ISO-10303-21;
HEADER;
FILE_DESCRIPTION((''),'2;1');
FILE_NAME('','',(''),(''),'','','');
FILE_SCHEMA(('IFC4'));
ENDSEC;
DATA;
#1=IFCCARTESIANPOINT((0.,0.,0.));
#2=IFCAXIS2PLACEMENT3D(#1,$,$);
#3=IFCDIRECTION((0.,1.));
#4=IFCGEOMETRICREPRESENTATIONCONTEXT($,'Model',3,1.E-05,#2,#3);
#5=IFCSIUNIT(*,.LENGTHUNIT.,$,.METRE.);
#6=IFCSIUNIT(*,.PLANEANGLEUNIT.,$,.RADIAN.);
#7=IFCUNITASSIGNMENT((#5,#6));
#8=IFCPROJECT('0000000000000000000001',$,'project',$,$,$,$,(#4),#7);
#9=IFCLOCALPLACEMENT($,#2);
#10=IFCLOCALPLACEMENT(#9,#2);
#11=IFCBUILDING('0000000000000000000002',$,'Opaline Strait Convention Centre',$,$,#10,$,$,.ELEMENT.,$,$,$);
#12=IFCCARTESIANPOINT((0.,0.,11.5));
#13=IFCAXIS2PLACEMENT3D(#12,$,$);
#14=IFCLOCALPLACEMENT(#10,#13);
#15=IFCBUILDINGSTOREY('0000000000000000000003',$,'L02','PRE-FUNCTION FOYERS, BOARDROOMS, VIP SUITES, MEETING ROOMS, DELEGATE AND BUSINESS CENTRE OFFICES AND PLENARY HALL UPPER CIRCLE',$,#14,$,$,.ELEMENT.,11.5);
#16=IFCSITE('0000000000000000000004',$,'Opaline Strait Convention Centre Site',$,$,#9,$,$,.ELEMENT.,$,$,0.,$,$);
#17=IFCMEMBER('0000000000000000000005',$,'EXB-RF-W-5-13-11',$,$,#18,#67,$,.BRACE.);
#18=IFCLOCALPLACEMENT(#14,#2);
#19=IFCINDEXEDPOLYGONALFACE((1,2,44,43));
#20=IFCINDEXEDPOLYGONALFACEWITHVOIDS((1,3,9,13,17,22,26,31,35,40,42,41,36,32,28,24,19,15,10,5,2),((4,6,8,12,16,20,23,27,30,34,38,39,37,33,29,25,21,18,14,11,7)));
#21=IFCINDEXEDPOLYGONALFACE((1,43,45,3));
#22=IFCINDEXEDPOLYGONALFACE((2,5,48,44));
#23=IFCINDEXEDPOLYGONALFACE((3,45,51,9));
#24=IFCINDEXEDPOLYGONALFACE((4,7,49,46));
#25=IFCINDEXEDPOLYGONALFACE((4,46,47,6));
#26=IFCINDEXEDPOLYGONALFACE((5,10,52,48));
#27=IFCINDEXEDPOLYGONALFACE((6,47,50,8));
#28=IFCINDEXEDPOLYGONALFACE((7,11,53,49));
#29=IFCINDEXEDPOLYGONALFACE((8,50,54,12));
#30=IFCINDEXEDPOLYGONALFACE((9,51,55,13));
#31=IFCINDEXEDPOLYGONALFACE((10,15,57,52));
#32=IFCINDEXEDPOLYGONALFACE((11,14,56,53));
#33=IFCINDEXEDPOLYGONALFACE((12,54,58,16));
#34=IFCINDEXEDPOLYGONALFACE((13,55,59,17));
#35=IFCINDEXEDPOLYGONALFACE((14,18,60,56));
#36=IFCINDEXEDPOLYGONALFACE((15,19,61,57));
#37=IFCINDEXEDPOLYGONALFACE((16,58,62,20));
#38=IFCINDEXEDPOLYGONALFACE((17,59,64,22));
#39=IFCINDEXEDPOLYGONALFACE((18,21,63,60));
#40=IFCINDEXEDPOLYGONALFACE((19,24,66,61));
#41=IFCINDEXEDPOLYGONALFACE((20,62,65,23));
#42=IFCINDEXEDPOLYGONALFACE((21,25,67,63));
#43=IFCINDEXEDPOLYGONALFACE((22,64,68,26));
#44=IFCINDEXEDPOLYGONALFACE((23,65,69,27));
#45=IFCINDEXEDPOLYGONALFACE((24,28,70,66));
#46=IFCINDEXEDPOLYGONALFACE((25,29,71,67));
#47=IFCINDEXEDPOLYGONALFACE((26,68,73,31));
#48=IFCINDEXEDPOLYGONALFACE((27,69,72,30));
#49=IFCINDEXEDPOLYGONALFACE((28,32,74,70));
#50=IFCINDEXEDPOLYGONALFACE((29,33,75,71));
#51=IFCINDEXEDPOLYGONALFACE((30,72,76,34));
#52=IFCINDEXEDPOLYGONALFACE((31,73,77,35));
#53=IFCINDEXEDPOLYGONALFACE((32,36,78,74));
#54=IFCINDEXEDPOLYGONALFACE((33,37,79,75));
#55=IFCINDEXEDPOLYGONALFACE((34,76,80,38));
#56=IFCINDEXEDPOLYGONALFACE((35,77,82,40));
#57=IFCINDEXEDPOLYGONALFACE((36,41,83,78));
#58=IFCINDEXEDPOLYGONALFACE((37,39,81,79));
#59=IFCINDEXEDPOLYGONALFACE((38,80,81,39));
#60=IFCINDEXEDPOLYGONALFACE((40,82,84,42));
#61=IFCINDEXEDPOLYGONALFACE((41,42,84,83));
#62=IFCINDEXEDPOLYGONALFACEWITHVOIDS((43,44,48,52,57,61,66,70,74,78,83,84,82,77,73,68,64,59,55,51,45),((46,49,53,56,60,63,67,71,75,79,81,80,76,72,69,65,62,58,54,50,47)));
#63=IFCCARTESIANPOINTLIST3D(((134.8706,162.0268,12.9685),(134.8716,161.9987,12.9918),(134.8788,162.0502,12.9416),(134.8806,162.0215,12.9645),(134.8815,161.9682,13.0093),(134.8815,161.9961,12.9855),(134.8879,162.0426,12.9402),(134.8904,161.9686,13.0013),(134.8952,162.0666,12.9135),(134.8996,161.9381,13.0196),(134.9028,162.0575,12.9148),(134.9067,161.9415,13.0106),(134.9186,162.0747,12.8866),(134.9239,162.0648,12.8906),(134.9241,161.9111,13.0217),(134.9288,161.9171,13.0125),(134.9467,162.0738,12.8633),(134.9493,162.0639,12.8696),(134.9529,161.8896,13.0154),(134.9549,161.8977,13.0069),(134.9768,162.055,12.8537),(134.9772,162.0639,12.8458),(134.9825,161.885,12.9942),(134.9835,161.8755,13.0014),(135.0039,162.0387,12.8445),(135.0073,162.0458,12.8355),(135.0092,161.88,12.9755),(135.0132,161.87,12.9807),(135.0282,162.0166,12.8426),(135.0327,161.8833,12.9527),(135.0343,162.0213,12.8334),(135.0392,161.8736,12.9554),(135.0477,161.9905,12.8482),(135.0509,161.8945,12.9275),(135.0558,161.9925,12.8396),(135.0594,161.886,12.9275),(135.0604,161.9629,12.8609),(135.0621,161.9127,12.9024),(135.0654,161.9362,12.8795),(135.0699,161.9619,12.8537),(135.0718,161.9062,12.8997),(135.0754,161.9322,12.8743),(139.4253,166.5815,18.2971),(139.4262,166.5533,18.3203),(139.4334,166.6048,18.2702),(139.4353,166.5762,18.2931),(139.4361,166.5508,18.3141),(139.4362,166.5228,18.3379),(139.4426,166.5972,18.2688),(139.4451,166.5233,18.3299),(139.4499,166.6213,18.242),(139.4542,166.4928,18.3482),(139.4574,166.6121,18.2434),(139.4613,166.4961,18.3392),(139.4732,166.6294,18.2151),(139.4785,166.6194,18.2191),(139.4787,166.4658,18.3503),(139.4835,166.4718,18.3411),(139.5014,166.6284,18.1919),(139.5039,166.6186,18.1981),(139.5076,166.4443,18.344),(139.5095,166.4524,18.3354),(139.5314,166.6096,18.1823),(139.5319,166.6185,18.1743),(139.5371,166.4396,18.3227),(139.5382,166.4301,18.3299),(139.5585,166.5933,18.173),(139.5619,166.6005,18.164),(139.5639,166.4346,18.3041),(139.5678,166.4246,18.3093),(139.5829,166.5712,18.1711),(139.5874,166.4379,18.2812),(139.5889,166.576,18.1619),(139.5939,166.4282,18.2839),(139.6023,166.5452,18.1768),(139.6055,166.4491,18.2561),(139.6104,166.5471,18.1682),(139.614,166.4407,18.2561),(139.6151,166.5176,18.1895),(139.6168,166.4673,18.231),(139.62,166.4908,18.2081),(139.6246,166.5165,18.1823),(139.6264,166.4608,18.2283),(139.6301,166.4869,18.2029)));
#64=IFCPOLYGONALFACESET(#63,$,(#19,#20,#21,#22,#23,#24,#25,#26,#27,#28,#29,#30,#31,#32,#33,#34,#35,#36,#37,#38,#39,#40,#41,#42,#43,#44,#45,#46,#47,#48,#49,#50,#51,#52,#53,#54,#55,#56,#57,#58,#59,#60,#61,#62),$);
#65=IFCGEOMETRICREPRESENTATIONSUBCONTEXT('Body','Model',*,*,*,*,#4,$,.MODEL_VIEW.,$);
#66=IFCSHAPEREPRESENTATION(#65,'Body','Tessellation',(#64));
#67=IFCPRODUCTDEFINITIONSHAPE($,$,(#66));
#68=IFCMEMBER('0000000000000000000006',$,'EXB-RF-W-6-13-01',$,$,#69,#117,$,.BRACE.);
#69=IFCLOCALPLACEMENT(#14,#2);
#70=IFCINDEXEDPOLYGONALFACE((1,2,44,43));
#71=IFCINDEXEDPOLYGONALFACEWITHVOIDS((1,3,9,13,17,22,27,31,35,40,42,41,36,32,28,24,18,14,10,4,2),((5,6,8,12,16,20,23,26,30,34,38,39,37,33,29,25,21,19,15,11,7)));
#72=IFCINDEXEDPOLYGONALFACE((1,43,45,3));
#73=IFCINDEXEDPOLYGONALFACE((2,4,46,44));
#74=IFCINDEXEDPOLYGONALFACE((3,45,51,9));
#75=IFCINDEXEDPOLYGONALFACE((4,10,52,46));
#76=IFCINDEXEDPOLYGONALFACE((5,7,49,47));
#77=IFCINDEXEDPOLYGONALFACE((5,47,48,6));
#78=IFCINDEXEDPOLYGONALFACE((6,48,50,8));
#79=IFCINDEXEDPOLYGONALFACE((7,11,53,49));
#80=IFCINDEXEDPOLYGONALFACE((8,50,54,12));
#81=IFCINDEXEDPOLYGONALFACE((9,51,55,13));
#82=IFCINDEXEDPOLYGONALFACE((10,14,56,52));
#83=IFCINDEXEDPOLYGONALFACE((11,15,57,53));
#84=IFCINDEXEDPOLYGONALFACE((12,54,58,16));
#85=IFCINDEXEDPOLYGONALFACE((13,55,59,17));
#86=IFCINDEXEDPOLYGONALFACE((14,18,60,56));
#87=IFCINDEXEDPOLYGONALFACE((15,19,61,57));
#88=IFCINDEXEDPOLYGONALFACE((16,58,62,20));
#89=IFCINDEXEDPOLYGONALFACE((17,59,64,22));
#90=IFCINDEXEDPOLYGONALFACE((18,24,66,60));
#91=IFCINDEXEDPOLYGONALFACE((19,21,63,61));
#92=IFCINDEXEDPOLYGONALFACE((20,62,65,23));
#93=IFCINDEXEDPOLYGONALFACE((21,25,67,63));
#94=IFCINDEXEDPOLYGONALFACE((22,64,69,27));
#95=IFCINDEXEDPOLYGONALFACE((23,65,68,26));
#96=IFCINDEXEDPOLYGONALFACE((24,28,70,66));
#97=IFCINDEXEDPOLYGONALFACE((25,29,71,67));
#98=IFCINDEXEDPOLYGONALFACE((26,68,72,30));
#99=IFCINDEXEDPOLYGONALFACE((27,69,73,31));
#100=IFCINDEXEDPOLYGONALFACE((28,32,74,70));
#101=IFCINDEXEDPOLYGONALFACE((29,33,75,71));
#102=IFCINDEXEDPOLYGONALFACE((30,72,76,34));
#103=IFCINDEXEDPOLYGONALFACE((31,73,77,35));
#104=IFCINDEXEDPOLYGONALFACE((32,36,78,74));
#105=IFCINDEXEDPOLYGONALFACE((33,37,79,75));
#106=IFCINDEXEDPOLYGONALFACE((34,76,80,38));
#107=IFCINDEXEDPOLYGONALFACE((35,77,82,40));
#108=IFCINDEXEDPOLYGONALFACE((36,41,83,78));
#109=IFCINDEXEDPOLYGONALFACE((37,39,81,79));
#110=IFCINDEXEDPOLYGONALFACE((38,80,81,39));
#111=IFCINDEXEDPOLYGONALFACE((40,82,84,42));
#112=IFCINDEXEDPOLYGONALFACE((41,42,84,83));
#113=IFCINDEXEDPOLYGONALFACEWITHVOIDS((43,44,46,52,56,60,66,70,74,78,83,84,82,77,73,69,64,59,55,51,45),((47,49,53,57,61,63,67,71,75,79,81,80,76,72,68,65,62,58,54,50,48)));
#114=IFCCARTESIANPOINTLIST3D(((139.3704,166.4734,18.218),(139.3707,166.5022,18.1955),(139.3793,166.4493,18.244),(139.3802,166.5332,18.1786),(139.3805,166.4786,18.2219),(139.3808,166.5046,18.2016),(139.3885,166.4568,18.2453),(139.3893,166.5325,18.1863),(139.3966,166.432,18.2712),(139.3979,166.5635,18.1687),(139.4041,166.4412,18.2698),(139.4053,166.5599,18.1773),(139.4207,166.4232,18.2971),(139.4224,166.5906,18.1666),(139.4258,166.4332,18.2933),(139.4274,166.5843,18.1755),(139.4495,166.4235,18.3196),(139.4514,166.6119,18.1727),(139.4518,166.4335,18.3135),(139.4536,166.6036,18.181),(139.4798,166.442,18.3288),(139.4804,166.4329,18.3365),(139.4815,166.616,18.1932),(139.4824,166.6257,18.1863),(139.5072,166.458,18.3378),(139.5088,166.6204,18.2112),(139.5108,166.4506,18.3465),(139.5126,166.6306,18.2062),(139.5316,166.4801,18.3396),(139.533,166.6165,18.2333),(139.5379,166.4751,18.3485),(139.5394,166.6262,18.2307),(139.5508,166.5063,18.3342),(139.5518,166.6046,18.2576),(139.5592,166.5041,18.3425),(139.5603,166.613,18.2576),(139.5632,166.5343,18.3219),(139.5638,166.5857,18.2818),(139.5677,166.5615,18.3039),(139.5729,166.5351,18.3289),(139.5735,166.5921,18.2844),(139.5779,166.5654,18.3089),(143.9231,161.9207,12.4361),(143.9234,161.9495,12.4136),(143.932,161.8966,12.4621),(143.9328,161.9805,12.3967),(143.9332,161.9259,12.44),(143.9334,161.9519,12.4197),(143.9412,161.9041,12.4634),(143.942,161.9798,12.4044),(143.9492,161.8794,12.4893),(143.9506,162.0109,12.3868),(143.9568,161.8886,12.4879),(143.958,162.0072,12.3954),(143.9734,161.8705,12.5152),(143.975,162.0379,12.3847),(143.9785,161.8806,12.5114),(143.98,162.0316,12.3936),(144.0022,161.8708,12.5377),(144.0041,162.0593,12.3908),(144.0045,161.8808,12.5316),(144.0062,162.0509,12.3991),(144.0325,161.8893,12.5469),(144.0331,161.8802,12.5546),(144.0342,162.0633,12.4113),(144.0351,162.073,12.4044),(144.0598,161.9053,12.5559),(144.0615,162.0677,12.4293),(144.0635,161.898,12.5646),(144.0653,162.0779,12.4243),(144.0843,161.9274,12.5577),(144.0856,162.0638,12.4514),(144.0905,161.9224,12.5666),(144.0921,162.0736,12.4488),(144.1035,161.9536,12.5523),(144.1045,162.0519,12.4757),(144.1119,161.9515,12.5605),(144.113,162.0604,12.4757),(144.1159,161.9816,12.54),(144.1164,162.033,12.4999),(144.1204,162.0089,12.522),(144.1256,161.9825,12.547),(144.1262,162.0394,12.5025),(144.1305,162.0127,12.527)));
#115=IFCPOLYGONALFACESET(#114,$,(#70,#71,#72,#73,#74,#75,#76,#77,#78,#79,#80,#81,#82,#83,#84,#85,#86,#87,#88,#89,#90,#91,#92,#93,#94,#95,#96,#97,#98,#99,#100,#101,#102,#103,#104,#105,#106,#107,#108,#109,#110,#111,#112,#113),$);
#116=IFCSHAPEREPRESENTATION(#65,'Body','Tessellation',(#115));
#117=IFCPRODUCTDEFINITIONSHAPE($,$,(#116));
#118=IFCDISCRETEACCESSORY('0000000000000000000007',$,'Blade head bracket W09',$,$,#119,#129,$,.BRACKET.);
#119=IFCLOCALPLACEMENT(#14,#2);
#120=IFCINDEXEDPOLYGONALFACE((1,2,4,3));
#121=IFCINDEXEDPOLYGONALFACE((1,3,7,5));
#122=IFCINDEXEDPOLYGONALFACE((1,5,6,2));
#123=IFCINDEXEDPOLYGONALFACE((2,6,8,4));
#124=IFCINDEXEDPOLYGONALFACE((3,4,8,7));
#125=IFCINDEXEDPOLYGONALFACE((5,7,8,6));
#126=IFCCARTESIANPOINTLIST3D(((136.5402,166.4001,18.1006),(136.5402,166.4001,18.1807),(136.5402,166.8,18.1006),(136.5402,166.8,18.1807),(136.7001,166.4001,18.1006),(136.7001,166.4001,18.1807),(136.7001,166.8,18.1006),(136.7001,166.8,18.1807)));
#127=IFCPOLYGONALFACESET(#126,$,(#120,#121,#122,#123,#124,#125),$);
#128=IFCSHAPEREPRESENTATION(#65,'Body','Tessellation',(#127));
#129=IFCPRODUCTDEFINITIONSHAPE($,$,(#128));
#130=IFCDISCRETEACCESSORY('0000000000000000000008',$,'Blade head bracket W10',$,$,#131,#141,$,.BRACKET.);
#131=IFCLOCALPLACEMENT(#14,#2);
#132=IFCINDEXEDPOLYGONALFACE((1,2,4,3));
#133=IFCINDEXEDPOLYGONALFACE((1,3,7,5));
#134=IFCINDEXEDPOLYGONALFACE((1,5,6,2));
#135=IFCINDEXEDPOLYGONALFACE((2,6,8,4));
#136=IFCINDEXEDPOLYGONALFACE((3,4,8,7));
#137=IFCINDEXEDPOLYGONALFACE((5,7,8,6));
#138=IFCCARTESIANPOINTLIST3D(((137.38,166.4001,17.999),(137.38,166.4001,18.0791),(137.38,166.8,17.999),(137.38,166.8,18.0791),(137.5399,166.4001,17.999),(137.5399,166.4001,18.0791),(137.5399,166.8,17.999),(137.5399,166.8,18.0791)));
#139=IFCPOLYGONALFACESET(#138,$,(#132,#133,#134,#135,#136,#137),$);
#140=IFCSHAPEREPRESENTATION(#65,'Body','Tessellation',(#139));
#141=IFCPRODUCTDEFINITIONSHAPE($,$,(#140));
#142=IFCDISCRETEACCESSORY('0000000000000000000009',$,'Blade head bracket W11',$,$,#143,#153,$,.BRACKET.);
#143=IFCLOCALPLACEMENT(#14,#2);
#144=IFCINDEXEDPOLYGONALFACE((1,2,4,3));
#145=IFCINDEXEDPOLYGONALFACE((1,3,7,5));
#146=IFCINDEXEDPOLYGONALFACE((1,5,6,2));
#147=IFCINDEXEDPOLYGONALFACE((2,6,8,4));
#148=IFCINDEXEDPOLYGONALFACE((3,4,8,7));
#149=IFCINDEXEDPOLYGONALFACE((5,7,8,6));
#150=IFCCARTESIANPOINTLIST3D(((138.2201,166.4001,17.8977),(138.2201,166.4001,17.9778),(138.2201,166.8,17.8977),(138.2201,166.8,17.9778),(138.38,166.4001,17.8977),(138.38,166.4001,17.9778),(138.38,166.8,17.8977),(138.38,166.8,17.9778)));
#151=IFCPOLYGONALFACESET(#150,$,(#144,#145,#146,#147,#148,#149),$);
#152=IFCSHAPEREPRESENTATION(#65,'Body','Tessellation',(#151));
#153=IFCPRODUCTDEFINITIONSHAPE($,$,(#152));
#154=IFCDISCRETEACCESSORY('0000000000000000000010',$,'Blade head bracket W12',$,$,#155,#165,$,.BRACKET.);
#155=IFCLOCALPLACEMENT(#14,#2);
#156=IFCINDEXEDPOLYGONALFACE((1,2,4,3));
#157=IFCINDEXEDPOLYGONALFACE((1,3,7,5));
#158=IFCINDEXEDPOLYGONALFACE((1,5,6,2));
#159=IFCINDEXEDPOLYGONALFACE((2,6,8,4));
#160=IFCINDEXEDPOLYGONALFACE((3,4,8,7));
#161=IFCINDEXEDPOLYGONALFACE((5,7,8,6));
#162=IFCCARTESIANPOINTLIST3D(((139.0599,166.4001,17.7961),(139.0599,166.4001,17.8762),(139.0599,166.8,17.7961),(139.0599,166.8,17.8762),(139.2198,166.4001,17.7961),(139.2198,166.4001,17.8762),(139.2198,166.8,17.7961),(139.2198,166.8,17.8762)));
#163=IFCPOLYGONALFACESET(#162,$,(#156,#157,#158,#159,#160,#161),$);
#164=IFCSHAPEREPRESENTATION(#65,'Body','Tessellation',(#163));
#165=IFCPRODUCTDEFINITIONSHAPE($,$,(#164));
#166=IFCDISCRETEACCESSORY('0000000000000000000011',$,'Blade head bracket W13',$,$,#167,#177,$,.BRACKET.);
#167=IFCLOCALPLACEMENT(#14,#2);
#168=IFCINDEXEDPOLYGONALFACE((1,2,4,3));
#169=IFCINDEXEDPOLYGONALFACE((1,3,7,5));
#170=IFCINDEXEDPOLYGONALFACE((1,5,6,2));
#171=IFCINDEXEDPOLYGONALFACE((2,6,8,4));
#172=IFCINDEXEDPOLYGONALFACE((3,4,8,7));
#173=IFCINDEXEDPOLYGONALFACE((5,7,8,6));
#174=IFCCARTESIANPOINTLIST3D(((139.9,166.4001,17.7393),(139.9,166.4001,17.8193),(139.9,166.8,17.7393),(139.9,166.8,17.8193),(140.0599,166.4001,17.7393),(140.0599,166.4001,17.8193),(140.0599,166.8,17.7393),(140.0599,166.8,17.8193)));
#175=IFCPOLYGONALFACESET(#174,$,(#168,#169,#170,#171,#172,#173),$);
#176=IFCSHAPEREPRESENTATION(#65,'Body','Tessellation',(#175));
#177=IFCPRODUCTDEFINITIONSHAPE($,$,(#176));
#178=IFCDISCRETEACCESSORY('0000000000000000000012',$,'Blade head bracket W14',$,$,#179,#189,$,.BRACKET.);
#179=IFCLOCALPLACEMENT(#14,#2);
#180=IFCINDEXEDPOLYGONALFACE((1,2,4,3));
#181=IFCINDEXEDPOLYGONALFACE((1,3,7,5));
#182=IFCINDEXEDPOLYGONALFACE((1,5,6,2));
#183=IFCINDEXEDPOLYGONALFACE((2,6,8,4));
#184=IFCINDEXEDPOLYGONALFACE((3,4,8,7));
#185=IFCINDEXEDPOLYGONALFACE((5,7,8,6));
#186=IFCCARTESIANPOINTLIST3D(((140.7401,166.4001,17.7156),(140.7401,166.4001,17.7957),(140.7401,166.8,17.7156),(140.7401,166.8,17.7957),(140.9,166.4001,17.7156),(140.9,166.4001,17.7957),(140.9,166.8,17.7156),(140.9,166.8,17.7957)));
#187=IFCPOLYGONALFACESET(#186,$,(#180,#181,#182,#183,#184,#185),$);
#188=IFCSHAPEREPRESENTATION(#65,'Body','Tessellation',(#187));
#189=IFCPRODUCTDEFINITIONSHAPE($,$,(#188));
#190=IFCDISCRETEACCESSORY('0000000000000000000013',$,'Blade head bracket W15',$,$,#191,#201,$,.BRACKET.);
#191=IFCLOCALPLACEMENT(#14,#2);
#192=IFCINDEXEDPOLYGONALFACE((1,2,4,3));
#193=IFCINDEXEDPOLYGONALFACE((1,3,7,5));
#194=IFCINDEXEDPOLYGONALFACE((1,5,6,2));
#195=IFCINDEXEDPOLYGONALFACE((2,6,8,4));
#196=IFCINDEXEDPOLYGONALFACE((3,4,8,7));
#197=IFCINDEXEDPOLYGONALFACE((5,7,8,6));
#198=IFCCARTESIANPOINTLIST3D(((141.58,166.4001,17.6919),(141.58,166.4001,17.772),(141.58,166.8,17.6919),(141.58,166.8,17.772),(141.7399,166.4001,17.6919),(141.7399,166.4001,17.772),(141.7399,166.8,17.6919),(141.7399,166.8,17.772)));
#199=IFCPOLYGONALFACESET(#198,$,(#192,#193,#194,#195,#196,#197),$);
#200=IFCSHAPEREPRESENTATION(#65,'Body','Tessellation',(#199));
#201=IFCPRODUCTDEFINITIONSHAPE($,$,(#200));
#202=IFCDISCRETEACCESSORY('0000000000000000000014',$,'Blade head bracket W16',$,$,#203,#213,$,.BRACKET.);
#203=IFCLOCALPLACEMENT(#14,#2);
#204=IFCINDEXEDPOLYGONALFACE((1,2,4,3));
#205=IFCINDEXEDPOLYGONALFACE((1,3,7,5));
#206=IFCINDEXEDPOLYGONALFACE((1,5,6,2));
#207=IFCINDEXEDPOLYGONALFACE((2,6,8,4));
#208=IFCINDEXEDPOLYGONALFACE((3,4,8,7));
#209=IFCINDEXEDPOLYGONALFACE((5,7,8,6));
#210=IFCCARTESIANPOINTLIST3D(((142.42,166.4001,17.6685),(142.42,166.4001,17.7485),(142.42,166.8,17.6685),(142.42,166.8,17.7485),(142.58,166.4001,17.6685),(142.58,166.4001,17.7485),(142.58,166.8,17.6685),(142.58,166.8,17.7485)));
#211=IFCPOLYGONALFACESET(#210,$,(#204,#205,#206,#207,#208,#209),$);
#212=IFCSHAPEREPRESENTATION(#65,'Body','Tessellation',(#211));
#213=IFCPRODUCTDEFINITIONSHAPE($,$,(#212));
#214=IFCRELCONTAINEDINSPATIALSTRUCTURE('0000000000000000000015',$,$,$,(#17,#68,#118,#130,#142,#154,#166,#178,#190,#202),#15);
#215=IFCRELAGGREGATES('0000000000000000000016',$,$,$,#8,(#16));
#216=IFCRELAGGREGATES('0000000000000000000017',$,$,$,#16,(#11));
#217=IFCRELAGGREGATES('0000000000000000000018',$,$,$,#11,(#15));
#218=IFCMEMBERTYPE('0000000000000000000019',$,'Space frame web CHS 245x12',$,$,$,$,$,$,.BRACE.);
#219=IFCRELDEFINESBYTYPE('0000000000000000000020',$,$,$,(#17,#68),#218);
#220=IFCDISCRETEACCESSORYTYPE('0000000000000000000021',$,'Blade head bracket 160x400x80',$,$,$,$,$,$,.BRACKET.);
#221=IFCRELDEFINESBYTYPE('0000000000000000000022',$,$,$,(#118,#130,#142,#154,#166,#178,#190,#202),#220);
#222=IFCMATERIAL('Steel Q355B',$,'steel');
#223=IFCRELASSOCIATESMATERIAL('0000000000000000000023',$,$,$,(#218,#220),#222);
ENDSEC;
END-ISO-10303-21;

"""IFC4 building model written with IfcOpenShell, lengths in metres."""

from ifc_helpers import new_model, si_unit, direction, frame, origin, origin_2d, place, context, subcontext, project, spatial, rectangle, hollow_circle, extrude, material, material_profile, profile_set, type_object, element, save


model = new_model("IFC4")

# Units and contexts
model_context = context("Model", 3, precision=1e-05, world=origin(), true_north=direction((0.0, 1.0)))
body_context = subcontext(model_context, "Body", "Model", "MODEL_VIEW")
ifc_project = project(units=[si_unit("LENGTHUNIT", "METRE"), si_unit("PLANEANGLEUNIT", "RADIAN")], contexts=[model_context])

# Site, building, storey
site_placement = place(None, origin())
site = spatial("IfcSite", under=ifc_project, at=site_placement, Name="Opaline Strait Convention Centre Site", CompositionType="ELEMENT", RefElevation=0.0)
building_placement = place(site_placement, origin())
building = spatial("IfcBuilding", under=site, at=building_placement, Name="Opaline Strait Convention Centre", CompositionType="ELEMENT")
storey_placement = place(building_placement, frame((0.0, 0.0, 11.5)))
storey = spatial("IfcBuildingStorey", under=building, at=storey_placement, Name="L02", Description="PRE-FUNCTION FOYERS, BOARDROOMS, VIP SUITES, MEETING ROOMS, DELEGATE AND BUSINESS CENTRE OFFICES AND PLENARY HALL UPPER CIRCLE", CompositionType="ELEMENT", Elevation=11.5)

# Members
ifc_material = material(Name="Steel Q355B", Category="steel")
ifc_material_profile_1 = material_profile(ifc_material, hollow_circle(Radius=0.1226, WallThickness=0.012, at=origin_2d()), Name="CHS 245x12")
ifc_profile_set_1 = profile_set([ifc_material_profile_1], Name="Steel Q355B")
member_type_1 = type_object("IfcMemberType", Name="Space frame web CHS 245x12", PredefinedType="BRACE", material=ifc_profile_set_1)
member_1_placement = place(storey_placement, frame((139.5273, 166.5273, 18.2561), z_axis=(-0.544839, -0.544839, -0.637417), x_axis=(0.707107, -0.707107, 0.0)))
element("IfcMember", 1, at=member_1_placement, inside=storey, type_object=member_type_1, Name="EXB-RF-W-5-13-11", PredefinedType="BRACE", context=body_context, shape_type="SweptSolid", body=[
    extrude(hollow_circle(Radius=0.1226, WallThickness=0.012, at=origin_2d()), origin(), (0.0, 0.0, 1.0), 8.3596),
])
member_2_placement = place(storey_placement, frame((139.4736, 166.5264, 18.2576), z_axis=(0.526104, -0.526104, -0.668153), x_axis=(0.707107, 0.707107, 0.0)))
element("IfcMember", 2, at=member_2_placement, inside=storey, type_object=member_type_1, Name="EXB-RF-W-6-13-01", PredefinedType="BRACE", context=body_context, shape_type="SweptSolid", body=[
    extrude(hollow_circle(Radius=0.1226, WallThickness=0.012, at=origin_2d()), origin(), (0.0, 0.0, 1.0), 8.6536),
])

# Discrete accessories
discrete_accessory_type_1 = type_object("IfcDiscreteAccessoryType", Name="Blade head bracket 160x400x80", PredefinedType="BRACKET", material=ifc_material)
for number, where, z_axis, x_axis, name in (
    (3, (136.6201, 166.6001, 18.1006), (0.0, 0.0, 1.0), (1.0, 0.0, 0.0), "Blade head bracket W09"),
    (4, (137.46, 166.6001, 17.999), (0.0, 0.0, 1.0), (1.0, 0.0, 0.0), "Blade head bracket W10"),
    (5, (138.3, 166.6001, 17.8977), (0.0, 0.0, 1.0), (1.0, 0.0, 0.0), "Blade head bracket W11"),
    (6, (139.1399, 166.6001, 17.7961), (0.0, 0.0, 1.0), (1.0, 0.0, 0.0), "Blade head bracket W12"),
    (7, (139.98, 166.6001, 17.7393), (0.0, 0.0, 1.0), (1.0, 0.0, 0.0), "Blade head bracket W13"),
    (8, (140.8201, 166.6001, 17.7156), (0.0, 0.0, 1.0), (1.0, 0.0, 0.0), "Blade head bracket W14"),
    (9, (141.6599, 166.6001, 17.6919), (0.0, 0.0, 1.0), (1.0, 0.0, 0.0), "Blade head bracket W15"),
    (10, (142.5, 166.6001, 17.6685), (0.0, 0.0, 1.0), (1.0, 0.0, 0.0), "Blade head bracket W16"),
):
    element("IfcDiscreteAccessory", number, at=place(storey_placement, frame(where, z_axis=z_axis, x_axis=x_axis)), inside=storey, type_object=discrete_accessory_type_1, Name=name, PredefinedType="BRACKET", context=body_context, shape_type="SweptSolid", body=[
        extrude(rectangle(XDim=0.1599, YDim=0.3999, at=origin_2d()), origin(), (0.0, 0.0, 1.0), 0.0801),
    ])

save(model, "model.ifc")
